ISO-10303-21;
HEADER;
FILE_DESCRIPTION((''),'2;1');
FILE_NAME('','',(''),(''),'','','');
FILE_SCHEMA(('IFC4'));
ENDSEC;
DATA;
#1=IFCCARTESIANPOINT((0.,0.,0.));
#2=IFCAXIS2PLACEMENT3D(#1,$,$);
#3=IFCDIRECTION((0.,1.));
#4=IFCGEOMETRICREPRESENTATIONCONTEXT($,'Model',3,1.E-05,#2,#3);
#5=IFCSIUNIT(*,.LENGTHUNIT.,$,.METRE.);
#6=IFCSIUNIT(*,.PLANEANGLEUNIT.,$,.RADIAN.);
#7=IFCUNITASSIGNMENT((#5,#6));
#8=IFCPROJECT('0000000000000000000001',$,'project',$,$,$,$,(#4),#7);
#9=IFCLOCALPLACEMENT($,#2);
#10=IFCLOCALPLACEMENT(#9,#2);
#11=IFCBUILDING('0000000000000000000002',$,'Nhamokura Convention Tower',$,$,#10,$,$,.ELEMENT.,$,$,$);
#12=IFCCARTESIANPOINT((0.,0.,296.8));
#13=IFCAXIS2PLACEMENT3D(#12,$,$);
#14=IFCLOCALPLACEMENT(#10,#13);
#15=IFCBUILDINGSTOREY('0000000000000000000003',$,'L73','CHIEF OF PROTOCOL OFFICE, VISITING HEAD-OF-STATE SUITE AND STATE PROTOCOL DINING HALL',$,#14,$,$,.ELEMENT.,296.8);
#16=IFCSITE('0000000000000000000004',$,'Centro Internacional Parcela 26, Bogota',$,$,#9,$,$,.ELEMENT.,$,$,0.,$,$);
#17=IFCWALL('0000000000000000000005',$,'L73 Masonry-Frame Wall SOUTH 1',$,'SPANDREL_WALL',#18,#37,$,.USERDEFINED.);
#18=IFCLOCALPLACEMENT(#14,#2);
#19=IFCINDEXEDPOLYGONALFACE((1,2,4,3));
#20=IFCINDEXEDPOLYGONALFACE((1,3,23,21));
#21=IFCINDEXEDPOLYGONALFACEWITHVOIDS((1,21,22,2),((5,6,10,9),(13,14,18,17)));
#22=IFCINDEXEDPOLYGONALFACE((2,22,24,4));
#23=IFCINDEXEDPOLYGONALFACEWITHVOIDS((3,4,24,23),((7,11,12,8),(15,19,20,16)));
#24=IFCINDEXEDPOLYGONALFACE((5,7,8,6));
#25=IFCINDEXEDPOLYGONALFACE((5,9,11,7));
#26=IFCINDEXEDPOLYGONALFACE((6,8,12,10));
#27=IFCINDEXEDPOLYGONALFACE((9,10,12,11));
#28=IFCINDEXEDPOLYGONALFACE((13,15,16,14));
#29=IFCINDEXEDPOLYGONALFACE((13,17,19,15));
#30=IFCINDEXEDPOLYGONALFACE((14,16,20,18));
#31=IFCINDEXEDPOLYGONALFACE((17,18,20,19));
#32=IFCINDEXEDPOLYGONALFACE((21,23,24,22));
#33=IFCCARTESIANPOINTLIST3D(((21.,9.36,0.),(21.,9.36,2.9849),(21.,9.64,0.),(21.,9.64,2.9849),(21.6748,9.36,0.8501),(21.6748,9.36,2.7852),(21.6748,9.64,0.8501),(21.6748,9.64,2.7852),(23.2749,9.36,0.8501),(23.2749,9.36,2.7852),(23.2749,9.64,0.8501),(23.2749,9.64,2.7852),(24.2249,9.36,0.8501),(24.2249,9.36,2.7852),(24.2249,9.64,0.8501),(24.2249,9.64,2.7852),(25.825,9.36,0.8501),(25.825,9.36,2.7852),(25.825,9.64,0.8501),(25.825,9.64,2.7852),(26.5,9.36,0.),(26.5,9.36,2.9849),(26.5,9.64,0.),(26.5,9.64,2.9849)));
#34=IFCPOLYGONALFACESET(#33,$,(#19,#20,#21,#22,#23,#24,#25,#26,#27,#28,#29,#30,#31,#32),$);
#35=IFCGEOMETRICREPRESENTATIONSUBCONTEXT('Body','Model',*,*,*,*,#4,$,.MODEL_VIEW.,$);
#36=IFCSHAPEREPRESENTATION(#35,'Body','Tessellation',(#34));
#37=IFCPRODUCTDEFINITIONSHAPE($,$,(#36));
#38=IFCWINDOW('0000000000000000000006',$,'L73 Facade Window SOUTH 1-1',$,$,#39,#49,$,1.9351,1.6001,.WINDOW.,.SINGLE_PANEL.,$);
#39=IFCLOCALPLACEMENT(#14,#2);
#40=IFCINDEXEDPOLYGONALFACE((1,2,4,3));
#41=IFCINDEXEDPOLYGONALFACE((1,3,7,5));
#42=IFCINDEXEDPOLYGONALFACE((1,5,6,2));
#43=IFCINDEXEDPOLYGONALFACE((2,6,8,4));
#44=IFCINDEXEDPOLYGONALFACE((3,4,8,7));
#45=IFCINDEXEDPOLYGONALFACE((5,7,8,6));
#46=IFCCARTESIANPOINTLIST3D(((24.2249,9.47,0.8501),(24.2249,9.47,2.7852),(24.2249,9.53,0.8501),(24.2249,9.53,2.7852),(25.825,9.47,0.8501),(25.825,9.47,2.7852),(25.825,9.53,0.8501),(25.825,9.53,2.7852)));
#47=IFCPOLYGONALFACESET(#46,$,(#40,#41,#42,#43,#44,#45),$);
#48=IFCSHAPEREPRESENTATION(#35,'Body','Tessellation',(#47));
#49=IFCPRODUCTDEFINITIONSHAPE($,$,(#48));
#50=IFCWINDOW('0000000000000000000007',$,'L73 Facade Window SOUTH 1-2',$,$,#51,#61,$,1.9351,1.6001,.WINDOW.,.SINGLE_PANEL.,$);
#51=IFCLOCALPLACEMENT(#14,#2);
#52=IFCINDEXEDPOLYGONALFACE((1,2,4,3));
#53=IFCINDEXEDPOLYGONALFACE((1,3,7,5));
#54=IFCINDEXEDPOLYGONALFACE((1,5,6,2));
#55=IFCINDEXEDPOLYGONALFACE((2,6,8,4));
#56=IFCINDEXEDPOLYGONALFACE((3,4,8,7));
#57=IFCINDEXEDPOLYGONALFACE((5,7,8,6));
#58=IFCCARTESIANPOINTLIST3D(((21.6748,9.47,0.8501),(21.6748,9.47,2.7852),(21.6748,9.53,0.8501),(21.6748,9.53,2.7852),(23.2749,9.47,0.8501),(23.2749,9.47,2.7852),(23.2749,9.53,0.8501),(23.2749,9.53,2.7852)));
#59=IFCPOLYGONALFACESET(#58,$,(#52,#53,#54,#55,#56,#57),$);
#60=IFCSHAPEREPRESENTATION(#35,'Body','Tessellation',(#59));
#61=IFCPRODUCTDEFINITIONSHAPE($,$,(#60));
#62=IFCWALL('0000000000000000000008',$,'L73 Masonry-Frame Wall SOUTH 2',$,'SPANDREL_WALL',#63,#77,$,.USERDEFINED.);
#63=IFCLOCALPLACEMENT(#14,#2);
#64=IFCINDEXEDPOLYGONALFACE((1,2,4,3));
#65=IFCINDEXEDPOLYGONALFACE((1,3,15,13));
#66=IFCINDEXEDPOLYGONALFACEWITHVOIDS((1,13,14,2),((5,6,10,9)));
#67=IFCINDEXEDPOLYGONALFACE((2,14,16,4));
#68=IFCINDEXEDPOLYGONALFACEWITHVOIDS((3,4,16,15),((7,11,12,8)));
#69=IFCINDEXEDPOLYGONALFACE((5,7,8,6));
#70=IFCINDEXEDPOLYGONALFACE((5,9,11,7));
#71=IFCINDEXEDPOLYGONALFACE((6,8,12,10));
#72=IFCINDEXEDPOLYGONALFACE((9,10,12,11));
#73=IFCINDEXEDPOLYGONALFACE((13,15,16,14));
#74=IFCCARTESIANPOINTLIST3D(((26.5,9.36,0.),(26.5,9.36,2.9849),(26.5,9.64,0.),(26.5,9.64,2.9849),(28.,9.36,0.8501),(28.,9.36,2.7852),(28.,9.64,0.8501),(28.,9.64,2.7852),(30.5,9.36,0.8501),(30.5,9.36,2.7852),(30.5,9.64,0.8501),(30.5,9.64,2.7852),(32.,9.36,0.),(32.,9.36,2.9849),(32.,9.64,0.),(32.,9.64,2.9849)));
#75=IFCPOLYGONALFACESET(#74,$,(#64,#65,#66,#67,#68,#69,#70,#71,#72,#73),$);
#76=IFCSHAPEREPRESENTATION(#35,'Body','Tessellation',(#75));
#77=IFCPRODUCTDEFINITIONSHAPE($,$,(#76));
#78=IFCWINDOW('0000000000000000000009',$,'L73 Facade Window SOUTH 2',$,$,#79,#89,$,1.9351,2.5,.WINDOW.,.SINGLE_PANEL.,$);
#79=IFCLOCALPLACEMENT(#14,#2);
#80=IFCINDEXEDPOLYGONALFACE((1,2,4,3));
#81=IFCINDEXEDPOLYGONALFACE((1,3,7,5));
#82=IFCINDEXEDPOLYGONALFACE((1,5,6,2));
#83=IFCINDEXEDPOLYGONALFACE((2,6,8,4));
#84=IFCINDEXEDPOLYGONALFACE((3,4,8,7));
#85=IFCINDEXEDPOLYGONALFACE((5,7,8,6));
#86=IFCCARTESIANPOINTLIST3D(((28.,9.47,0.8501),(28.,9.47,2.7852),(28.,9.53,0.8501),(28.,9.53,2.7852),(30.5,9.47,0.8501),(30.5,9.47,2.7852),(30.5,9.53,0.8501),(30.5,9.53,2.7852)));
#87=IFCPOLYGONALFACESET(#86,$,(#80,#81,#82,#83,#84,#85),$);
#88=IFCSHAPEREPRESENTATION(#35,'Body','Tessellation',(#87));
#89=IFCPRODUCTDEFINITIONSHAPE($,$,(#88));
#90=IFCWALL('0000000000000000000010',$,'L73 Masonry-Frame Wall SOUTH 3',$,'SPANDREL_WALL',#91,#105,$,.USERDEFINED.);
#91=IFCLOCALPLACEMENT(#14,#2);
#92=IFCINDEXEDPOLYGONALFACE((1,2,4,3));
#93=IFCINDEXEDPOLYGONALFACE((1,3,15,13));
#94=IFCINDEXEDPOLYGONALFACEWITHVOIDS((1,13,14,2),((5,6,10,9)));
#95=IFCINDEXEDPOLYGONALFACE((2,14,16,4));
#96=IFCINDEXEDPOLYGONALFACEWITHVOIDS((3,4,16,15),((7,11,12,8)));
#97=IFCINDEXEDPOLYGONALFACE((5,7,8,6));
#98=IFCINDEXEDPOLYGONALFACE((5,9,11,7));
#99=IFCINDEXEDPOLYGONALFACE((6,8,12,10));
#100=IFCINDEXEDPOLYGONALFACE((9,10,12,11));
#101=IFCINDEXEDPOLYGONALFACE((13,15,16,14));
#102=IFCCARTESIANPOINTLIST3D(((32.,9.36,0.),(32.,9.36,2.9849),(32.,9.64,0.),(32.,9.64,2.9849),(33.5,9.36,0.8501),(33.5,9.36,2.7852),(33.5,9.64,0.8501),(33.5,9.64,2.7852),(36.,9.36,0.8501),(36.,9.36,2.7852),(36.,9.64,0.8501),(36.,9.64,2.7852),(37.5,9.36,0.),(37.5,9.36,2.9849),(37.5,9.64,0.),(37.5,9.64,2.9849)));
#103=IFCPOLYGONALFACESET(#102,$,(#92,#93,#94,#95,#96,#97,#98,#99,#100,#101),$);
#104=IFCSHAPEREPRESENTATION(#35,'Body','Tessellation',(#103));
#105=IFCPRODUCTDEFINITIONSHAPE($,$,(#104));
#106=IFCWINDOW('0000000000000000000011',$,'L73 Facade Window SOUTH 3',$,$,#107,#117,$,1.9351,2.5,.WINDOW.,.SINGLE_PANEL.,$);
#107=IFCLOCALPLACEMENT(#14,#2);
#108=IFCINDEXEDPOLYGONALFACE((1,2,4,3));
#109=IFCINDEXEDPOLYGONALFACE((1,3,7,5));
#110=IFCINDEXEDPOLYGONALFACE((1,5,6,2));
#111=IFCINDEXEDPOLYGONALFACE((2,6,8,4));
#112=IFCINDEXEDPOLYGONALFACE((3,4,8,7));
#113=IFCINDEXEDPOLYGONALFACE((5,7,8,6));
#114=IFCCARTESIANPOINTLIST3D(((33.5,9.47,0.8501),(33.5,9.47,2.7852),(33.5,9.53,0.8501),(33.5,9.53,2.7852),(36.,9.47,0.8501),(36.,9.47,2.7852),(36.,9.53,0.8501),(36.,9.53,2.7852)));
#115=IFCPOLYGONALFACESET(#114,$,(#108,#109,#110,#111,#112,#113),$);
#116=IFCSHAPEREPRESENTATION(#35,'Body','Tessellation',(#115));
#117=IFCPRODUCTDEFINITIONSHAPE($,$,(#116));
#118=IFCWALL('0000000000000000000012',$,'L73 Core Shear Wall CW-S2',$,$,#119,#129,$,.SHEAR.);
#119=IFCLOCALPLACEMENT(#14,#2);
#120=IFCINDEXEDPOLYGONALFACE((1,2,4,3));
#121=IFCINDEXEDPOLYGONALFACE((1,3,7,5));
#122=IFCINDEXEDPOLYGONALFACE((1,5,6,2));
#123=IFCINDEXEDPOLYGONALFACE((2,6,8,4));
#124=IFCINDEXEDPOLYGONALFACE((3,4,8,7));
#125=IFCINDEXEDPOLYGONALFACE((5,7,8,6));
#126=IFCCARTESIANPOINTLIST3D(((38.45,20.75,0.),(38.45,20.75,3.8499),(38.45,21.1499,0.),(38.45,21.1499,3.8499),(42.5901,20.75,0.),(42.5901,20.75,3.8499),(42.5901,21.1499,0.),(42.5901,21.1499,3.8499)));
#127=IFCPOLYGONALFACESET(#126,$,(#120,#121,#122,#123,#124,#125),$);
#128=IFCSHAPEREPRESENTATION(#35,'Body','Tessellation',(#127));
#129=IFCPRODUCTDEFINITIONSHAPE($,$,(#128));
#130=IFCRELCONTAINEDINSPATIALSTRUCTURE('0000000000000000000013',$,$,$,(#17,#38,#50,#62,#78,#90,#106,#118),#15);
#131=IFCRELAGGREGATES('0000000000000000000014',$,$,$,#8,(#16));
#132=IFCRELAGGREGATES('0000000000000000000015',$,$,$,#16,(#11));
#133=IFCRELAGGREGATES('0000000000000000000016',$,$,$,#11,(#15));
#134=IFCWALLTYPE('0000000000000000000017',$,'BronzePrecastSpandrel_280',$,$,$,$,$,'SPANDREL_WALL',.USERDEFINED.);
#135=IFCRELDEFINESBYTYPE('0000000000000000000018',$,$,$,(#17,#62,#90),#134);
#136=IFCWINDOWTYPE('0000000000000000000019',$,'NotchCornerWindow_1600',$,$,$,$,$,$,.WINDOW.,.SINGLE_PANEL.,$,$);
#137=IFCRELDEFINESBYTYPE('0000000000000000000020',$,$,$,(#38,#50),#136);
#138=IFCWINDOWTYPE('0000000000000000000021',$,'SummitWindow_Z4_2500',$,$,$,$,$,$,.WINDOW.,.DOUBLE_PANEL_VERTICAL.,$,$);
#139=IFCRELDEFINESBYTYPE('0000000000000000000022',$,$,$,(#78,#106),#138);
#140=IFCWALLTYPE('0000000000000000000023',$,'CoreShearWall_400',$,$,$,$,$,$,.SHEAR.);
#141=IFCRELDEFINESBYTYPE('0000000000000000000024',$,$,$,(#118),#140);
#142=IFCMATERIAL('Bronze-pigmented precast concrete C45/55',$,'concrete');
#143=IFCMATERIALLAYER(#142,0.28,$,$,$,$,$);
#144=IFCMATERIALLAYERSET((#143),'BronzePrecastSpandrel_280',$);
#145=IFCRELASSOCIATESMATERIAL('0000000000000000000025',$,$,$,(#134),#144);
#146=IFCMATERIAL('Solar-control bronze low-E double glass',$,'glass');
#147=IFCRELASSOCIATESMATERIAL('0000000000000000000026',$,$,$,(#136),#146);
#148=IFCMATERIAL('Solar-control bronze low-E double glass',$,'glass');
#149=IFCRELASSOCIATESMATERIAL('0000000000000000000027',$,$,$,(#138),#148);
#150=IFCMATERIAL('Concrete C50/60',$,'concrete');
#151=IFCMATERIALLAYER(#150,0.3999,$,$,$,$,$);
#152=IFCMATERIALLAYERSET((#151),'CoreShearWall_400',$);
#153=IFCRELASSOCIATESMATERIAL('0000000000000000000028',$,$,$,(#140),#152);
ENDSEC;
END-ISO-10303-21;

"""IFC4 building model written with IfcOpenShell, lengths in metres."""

from ifc_helpers import new_model, si_unit, direction, frame, frame_2d, origin, place, context, subcontext, project, spatial, rectangle, extrude, material, layer, layer_set, type_object, element, fill, save


model = new_model("IFC4")

# Units and contexts
model_context = context("Model", 3, precision=1e-05, world=origin(), true_north=direction((0.0, 1.0)))
body_context = subcontext(model_context, "Body", "Model", "MODEL_VIEW")
ifc_project = project(units=[si_unit("LENGTHUNIT", "METRE"), si_unit("PLANEANGLEUNIT", "RADIAN")], contexts=[model_context])

# Site, building, storey
site_placement = place(None, origin())
site = spatial("IfcSite", under=ifc_project, at=site_placement, Name="Centro Internacional Parcela 26, Bogota", CompositionType="ELEMENT", RefElevation=0.0)
building_placement = place(site_placement, origin())
building = spatial("IfcBuilding", under=site, at=building_placement, Name="Nhamokura Convention Tower", CompositionType="ELEMENT")
storey_placement = place(building_placement, frame((0.0, 0.0, 296.8)))
storey = spatial("IfcBuildingStorey", under=building, at=storey_placement, Name="L73", Description="CHIEF OF PROTOCOL OFFICE, VISITING HEAD-OF-STATE SUITE AND STATE PROTOCOL DINING HALL", CompositionType="ELEMENT", Elevation=296.8)

# Wall, openings, windows
ifc_material_1 = material(Name="Bronze-pigmented precast concrete C45/55", Category="concrete")
ifc_layer_1 = layer(ifc_material_1, 0.28)
ifc_layer_set_1 = layer_set([ifc_layer_1], Name="BronzePrecastSpandrel_280")
wall_type_1 = type_object("IfcWallType", Name="BronzePrecastSpandrel_280", ElementType="SPANDREL_WALL", PredefinedType="USERDEFINED", material=ifc_layer_set_1)
wall_1_placement = place(storey_placement, frame((26.5, 9.5, 0.0), z_axis=(0.0, 0.0, 1.0), x_axis=(-1.0, 0.0, 0.0)))
wall_1 = element("IfcWall", 1, at=wall_1_placement, inside=storey, type_object=wall_type_1, Name="L73 Masonry-Frame Wall SOUTH 1", ObjectType="SPANDREL_WALL", PredefinedType="USERDEFINED", context=body_context, shape_type="SweptSolid", body=[
    extrude(rectangle(XDim=5.5, YDim=0.28, at=frame_2d((2.75, 0.0))), origin(), (0.0, 0.0, 1.0), 2.9849),
])
opening_1_placement = place(wall_1_placement, frame((0.675, 0.0, 0.8501)))
opening_1 = element("IfcOpeningElement", 2, at=opening_1_placement, cuts=wall_1, PredefinedType="OPENING", context=body_context, shape_type="SweptSolid", body=[
    extrude(rectangle(XDim=1.6001, YDim=1.9351, at=frame_2d((0.8, 0.9675))), frame((0.0, 0.1499, 0.0), z_axis=(0.0, -1.0, 0.0), x_axis=(1.0, 0.0, 0.0)), (0.0, 0.0, 1.0), 0.3),
])
opening_2_placement = place(wall_1_placement, frame((3.2251, 0.0, 0.8501)))
opening_2 = element("IfcOpeningElement", 3, at=opening_2_placement, cuts=wall_1, PredefinedType="OPENING", context=body_context, shape_type="SweptSolid", body=[
    extrude(rectangle(XDim=1.6001, YDim=1.9351, at=frame_2d((0.8, 0.9675))), frame((0.0, 0.1499, 0.0), z_axis=(0.0, -1.0, 0.0), x_axis=(1.0, 0.0, 0.0)), (0.0, 0.0, 1.0), 0.3),
])
ifc_material_2 = material(Name="Solar-control bronze low-E double glass", Category="glass")
window_type_1 = type_object("IfcWindowType", Name="NotchCornerWindow_1600", PartitioningType="SINGLE_PANEL", PredefinedType="WINDOW", material=ifc_material_2)
window_1_placement = place(opening_1_placement, origin())
window_1 = element("IfcWindow", 4, at=window_1_placement, inside=storey, type_object=window_type_1, Name="L73 Facade Window SOUTH 1-1", OverallHeight=1.9351, OverallWidth=1.6001, PartitioningType="SINGLE_PANEL", PredefinedType="WINDOW", context=body_context, shape_type="SweptSolid", body=[
    extrude(rectangle(XDim=1.6001, YDim=1.9351, at=frame_2d((0.8, 0.9675))), frame((0.0, 0.03, 0.0), z_axis=(0.0, -1.0, 0.0), x_axis=(1.0, 0.0, 0.0)), (0.0, 0.0, 1.0), 0.0601),
])
fill(opening_1, window_1)
window_2_placement = place(opening_2_placement, origin())
window_2 = element("IfcWindow", 5, at=window_2_placement, inside=storey, type_object=window_type_1, Name="L73 Facade Window SOUTH 1-2", OverallHeight=1.9351, OverallWidth=1.6001, PartitioningType="SINGLE_PANEL", PredefinedType="WINDOW", context=body_context, shape_type="SweptSolid", body=[
    extrude(rectangle(XDim=1.6001, YDim=1.9351, at=frame_2d((0.8, 0.9675))), frame((0.0, 0.03, 0.0), z_axis=(0.0, -1.0, 0.0), x_axis=(1.0, 0.0, 0.0)), (0.0, 0.0, 1.0), 0.0601),
])
fill(opening_2, window_2)

# Walls, openings, windows
wall_2_placement = place(storey_placement, frame((32.0, 9.5, 0.0), z_axis=(0.0, 0.0, 1.0), x_axis=(-1.0, 0.0, 0.0)))
wall_2 = element("IfcWall", 6, at=wall_2_placement, inside=storey, type_object=wall_type_1, Name="L73 Masonry-Frame Wall SOUTH 2", ObjectType="SPANDREL_WALL", PredefinedType="USERDEFINED", context=body_context, shape_type="SweptSolid", body=[
    extrude(rectangle(XDim=5.5, YDim=0.28, at=frame_2d((2.75, 0.0))), origin(), (0.0, 0.0, 1.0), 2.9849),
])
opening_3_placement = place(wall_2_placement, frame((1.5, 0.0, 0.8501)))
opening_3 = element("IfcOpeningElement", 7, at=opening_3_placement, cuts=wall_2, PredefinedType="OPENING", context=body_context, shape_type="SweptSolid", body=[
    extrude(rectangle(XDim=2.5, YDim=1.9351, at=frame_2d((1.25, 0.9675))), frame((0.0, 0.1499, 0.0), z_axis=(0.0, -1.0, 0.0), x_axis=(1.0, 0.0, 0.0)), (0.0, 0.0, 1.0), 0.3),
])
ifc_material_3 = material(Name="Solar-control bronze low-E double glass", Category="glass")
window_type_2 = type_object("IfcWindowType", Name="SummitWindow_Z4_2500", PartitioningType="DOUBLE_PANEL_VERTICAL", PredefinedType="WINDOW", material=ifc_material_3)
window_3_placement = place(opening_3_placement, origin())
window_3 = element("IfcWindow", 8, at=window_3_placement, inside=storey, type_object=window_type_2, Name="L73 Facade Window SOUTH 2", OverallHeight=1.9351, OverallWidth=2.5, PartitioningType="SINGLE_PANEL", PredefinedType="WINDOW", context=body_context, shape_type="SweptSolid", body=[
    extrude(rectangle(XDim=2.5, YDim=1.9351, at=frame_2d((1.25, 0.9675))), frame((0.0, 0.03, 0.0), z_axis=(0.0, -1.0, 0.0), x_axis=(1.0, 0.0, 0.0)), (0.0, 0.0, 1.0), 0.0601),
])
fill(opening_3, window_3)
wall_3_placement = place(storey_placement, frame((37.5, 9.5, 0.0), z_axis=(0.0, 0.0, 1.0), x_axis=(-1.0, 0.0, 0.0)))
wall_3 = element("IfcWall", 9, at=wall_3_placement, inside=storey, type_object=wall_type_1, Name="L73 Masonry-Frame Wall SOUTH 3", ObjectType="SPANDREL_WALL", PredefinedType="USERDEFINED", context=body_context, shape_type="SweptSolid", body=[
    extrude(rectangle(XDim=5.5, YDim=0.28, at=frame_2d((2.75, 0.0))), origin(), (0.0, 0.0, 1.0), 2.9849),
])
opening_4_placement = place(wall_3_placement, frame((1.5, 0.0, 0.8501)))
opening_4 = element("IfcOpeningElement", 10, at=opening_4_placement, cuts=wall_3, PredefinedType="OPENING", context=body_context, shape_type="SweptSolid", body=[
    extrude(rectangle(XDim=2.5, YDim=1.9351, at=frame_2d((1.25, 0.9675))), frame((0.0, 0.1499, 0.0), z_axis=(0.0, -1.0, 0.0), x_axis=(1.0, 0.0, 0.0)), (0.0, 0.0, 1.0), 0.3),
])
window_4_placement = place(opening_4_placement, origin())
window_4 = element("IfcWindow", 11, at=window_4_placement, inside=storey, type_object=window_type_2, Name="L73 Facade Window SOUTH 3", OverallHeight=1.9351, OverallWidth=2.5, PartitioningType="SINGLE_PANEL", PredefinedType="WINDOW", context=body_context, shape_type="SweptSolid", body=[
    extrude(rectangle(XDim=2.5, YDim=1.9351, at=frame_2d((1.25, 0.9675))), frame((0.0, 0.03, 0.0), z_axis=(0.0, -1.0, 0.0), x_axis=(1.0, 0.0, 0.0)), (0.0, 0.0, 1.0), 0.0601),
])
fill(opening_4, window_4)

# Wall
ifc_material_4 = material(Name="Concrete C50/60", Category="concrete")
ifc_layer_2 = layer(ifc_material_4, 0.3999)
ifc_layer_set_2 = layer_set([ifc_layer_2], Name="CoreShearWall_400")
wall_type_2 = type_object("IfcWallType", Name="CoreShearWall_400", PredefinedType="SHEAR", material=ifc_layer_set_2)
wall_4_placement = place(storey_placement, frame((38.45, 20.95, 0.0), z_axis=(0.0, 0.0, 1.0), x_axis=(1.0, 0.0, 0.0)))
element("IfcWall", 12, at=wall_4_placement, inside=storey, type_object=wall_type_2, Name="L73 Core Shear Wall CW-S2", PredefinedType="SHEAR", context=body_context, shape_type="SweptSolid", body=[
    extrude(rectangle(XDim=4.1401, YDim=0.3999, at=frame_2d((2.0701, 0.0))), origin(), (0.0, 0.0, 1.0), 3.8499),
])

save(model, "model.ifc")
